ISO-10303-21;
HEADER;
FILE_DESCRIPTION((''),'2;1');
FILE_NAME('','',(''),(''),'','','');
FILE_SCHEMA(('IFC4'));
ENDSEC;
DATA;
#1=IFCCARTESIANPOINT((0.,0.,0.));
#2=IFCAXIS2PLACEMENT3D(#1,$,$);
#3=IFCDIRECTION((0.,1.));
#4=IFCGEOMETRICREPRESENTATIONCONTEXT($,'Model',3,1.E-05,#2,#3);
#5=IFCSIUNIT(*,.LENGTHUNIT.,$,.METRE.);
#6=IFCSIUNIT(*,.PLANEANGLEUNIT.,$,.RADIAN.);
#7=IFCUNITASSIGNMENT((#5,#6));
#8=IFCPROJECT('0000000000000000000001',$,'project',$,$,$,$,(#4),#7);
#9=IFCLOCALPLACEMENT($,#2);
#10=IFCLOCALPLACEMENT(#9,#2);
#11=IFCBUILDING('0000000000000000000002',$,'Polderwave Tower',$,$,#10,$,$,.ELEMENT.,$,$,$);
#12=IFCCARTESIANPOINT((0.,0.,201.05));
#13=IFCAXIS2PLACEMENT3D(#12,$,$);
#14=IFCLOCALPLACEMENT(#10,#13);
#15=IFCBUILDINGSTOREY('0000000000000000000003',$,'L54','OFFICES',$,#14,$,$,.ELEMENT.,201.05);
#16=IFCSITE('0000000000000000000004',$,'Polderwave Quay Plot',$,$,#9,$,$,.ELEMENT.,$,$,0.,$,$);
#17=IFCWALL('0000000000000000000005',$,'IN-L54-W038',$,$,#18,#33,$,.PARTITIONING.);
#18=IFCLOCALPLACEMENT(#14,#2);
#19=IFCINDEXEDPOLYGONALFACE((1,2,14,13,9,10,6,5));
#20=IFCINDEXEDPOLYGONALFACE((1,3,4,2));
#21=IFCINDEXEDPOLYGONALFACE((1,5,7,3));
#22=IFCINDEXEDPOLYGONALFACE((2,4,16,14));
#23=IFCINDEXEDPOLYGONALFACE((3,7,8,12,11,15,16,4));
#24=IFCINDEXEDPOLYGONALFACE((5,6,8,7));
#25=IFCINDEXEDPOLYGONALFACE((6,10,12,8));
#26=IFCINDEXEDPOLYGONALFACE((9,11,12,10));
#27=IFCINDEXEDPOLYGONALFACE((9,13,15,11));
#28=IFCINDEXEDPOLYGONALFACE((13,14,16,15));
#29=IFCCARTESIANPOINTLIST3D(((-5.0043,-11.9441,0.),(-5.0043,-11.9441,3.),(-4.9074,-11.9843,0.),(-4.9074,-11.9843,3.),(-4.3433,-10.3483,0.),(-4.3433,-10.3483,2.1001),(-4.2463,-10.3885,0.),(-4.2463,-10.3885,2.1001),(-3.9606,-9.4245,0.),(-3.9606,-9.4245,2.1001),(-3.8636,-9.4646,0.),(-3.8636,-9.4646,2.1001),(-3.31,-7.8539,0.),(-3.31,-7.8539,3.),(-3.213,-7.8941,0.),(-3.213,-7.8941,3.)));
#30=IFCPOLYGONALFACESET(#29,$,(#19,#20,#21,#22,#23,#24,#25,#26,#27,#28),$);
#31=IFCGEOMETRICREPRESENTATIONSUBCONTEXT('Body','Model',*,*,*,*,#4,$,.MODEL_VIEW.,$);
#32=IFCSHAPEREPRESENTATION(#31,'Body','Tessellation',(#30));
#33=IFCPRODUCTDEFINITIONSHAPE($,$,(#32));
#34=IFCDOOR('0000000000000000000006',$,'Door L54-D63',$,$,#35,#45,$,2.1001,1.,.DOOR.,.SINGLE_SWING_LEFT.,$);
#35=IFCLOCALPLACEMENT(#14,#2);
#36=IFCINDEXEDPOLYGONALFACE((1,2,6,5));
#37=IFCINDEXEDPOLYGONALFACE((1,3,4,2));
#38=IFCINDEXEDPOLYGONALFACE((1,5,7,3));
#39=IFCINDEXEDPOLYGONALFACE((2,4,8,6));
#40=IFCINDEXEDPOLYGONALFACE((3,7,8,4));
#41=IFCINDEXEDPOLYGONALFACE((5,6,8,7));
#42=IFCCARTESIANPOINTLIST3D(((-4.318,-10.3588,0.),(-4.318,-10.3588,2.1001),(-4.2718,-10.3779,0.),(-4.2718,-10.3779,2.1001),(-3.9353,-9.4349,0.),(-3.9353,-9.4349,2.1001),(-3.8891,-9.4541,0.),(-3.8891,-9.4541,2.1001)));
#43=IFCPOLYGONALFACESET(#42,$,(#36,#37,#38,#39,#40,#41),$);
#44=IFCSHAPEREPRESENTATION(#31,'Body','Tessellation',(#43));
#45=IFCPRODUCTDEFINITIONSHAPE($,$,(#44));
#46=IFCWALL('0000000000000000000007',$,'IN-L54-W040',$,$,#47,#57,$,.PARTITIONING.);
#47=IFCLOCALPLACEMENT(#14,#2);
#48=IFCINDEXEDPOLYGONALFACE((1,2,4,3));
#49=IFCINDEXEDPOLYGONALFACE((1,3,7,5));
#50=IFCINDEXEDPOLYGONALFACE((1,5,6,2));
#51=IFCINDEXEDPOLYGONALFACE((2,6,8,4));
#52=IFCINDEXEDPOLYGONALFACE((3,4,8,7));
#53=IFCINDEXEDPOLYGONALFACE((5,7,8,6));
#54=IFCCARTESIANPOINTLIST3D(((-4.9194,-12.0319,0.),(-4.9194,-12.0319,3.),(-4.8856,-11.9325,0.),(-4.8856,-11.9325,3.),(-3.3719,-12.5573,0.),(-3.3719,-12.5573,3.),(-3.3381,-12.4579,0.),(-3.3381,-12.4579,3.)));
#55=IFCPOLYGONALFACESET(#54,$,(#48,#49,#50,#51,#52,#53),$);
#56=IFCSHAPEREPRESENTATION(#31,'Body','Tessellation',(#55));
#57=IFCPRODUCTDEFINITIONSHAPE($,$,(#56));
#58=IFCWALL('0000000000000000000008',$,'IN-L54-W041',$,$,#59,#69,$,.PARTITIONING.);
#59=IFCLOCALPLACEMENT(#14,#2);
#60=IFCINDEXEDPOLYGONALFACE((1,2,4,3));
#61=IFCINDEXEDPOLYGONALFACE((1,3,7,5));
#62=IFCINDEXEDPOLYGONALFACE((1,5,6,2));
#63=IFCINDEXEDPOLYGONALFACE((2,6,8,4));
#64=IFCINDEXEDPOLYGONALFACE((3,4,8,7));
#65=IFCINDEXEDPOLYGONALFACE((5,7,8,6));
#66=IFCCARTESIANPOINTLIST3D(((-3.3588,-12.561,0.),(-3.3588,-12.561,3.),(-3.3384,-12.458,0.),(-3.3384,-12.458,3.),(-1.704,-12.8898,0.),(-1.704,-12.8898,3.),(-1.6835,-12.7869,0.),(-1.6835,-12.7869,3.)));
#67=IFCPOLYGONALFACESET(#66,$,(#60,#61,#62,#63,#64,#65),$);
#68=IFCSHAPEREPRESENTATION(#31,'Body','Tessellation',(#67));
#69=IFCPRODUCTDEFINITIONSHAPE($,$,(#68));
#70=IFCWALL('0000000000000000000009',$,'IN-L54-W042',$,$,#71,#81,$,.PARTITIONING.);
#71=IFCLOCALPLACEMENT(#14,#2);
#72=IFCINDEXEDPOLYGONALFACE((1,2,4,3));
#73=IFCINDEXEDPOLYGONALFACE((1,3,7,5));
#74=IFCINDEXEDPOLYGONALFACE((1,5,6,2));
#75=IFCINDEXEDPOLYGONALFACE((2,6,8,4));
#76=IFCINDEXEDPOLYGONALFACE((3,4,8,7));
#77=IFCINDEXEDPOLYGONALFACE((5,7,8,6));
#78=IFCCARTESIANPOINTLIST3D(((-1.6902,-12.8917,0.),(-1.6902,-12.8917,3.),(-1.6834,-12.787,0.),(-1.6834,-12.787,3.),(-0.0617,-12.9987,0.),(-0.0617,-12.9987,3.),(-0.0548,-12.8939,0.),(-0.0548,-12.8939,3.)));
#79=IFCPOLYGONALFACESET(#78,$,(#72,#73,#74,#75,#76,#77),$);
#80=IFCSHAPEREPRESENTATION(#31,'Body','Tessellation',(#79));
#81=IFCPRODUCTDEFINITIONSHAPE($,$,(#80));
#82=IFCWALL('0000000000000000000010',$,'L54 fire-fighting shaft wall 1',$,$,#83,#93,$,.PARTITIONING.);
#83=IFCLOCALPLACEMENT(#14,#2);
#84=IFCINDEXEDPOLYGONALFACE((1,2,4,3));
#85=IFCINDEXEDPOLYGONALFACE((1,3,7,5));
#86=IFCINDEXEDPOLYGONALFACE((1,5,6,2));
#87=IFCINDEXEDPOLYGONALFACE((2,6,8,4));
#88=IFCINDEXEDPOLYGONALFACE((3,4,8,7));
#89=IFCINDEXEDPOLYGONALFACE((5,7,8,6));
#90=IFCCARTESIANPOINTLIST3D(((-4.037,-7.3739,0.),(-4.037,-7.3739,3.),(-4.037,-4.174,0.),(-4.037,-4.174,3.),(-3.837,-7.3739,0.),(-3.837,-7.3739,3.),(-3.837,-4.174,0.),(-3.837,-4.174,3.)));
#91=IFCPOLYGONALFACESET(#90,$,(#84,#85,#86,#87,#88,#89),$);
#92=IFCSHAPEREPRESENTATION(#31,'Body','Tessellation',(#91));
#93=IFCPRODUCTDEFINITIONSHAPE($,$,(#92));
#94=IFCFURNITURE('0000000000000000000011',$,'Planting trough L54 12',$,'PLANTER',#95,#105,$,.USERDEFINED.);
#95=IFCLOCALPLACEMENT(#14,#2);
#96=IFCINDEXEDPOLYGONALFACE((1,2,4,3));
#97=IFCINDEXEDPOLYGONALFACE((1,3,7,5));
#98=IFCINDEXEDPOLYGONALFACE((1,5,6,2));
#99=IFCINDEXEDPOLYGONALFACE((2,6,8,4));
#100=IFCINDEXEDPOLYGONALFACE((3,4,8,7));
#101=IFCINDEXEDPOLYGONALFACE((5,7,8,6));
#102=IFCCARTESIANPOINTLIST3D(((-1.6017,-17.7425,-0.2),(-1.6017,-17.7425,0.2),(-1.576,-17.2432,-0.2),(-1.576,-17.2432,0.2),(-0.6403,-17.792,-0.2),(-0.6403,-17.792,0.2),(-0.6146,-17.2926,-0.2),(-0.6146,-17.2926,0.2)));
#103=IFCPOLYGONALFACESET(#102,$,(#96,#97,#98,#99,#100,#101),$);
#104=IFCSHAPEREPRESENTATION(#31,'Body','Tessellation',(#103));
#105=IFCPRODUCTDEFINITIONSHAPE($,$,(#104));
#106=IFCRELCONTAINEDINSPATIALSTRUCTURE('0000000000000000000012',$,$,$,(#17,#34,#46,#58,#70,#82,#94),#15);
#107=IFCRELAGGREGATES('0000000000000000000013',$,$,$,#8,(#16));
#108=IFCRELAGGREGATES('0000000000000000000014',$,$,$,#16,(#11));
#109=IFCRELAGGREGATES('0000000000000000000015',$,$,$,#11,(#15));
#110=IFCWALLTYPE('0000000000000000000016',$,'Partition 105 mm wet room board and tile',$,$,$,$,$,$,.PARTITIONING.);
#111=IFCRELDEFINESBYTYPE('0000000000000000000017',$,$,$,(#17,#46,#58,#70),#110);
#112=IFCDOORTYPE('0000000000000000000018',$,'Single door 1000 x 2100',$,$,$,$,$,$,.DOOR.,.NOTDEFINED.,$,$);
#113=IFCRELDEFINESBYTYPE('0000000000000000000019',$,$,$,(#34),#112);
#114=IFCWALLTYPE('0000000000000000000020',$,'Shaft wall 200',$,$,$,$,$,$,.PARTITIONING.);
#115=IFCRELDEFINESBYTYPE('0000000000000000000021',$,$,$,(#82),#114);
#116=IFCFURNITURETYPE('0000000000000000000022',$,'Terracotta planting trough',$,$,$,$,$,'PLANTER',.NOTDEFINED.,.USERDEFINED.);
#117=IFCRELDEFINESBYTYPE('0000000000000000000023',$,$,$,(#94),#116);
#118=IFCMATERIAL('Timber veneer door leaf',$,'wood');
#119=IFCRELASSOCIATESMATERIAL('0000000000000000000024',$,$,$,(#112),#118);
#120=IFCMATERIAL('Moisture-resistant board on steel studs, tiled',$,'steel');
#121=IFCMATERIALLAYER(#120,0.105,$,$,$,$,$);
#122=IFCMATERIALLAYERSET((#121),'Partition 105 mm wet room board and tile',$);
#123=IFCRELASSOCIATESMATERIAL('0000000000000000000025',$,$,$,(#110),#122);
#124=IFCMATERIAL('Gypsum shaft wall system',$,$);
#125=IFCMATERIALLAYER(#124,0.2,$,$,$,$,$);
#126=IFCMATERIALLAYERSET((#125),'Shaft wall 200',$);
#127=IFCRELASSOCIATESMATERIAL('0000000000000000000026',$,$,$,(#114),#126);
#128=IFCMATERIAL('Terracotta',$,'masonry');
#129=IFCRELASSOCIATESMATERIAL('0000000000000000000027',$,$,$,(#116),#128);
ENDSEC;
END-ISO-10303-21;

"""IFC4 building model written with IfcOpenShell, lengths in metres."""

from ifc_helpers import new_model, si_unit, direction, frame, frame_2d, origin, origin_2d, place, context, subcontext, project, spatial, rectangle, extrude, material, layer, layer_set, type_object, element, fill, save


model = new_model("IFC4")

# Units and contexts
model_context = context("Model", 3, precision=1e-05, world=origin(), true_north=direction((0.0, 1.0)))
body_context = subcontext(model_context, "Body", "Model", "MODEL_VIEW")
ifc_project = project(units=[si_unit("LENGTHUNIT", "METRE"), si_unit("PLANEANGLEUNIT", "RADIAN")], contexts=[model_context])

# Site, building, storey
site_placement = place(None, origin())
site = spatial("IfcSite", under=ifc_project, at=site_placement, Name="Polderwave Quay Plot", CompositionType="ELEMENT", RefElevation=0.0)
building_placement = place(site_placement, origin())
building = spatial("IfcBuilding", under=site, at=building_placement, Name="Polderwave Tower", CompositionType="ELEMENT")
storey_placement = place(building_placement, frame((0.0, 0.0, 201.05)))
storey = spatial("IfcBuildingStorey", under=building, at=storey_placement, Name="L54", Description="OFFICES", CompositionType="ELEMENT", Elevation=201.05)

# Wall, opening, door
ifc_material_1 = material(Name="Timber veneer door leaf", Category="wood")
door_type = type_object("IfcDoorType", Name="Single door 1000 x 2100", OperationType="NOTDEFINED", PredefinedType="DOOR", material=ifc_material_1)
ifc_material_2 = material(Name="Moisture-resistant board on steel studs, tiled", Category="steel")
ifc_layer_1 = layer(ifc_material_2, 0.105)
ifc_layer_set_1 = layer_set([ifc_layer_1], Name="Partition 105 mm wet room board and tile")
wall_type_1 = type_object("IfcWallType", Name="Partition 105 mm wet room board and tile", PredefinedType="PARTITIONING", material=ifc_layer_set_1)
wall_1_placement = place(storey_placement, frame((-3.2615, -7.874, 0.0), z_axis=(0.0, 0.0, 1.0), x_axis=(-0.382715, -0.923866, 0.0)))
wall_1 = element("IfcWall", 1, at=wall_1_placement, inside=storey, type_object=wall_type_1, Name="IN-L54-W038", PredefinedType="PARTITIONING", context=body_context, shape_type="SweptSolid", body=[
    extrude(rectangle(XDim=4.4272, YDim=0.105, at=frame_2d((2.2136, 0.0))), origin(), (0.0, 0.0, 1.0), 3.0),
])
opening_1_placement = place(wall_1_placement, frame((1.7, 0.0, 0.0)))
opening_1 = element("IfcOpeningElement", 2, at=opening_1_placement, cuts=wall_1, PredefinedType="OPENING", context=body_context, shape_type="SweptSolid", body=[
    extrude(rectangle(XDim=1.0, YDim=2.1001, at=frame_2d((0.5, 1.05))), frame((0.0, 0.0625, 0.0), z_axis=(0.0, -1.0, 0.0), x_axis=(1.0, 0.0, 0.0)), (0.0, 0.0, 1.0), 0.125),
])
door_1_placement = place(opening_1_placement, origin())
door_1 = element("IfcDoor", 3, at=door_1_placement, inside=storey, type_object=door_type, Name="Door L54-D63", OperationType="SINGLE_SWING_LEFT", OverallHeight=2.1001, OverallWidth=1.0, PredefinedType="DOOR", context=body_context, shape_type="SweptSolid", body=[
    extrude(rectangle(XDim=1.0, YDim=2.1001, at=frame_2d((0.5, 1.05))), frame((0.0, 0.0249, 0.0), z_axis=(0.0, -1.0, 0.0), x_axis=(1.0, 0.0, 0.0)), (0.0, 0.0, 1.0), 0.05),
])
fill(opening_1, door_1)

# Walls
wall_2_placement = place(storey_placement, frame((-3.355, -12.5076, 0.0), z_axis=(0.0, 0.0, 1.0), x_axis=(-0.946921, 0.321466, 0.0)))
element("IfcWall", 4, at=wall_2_placement, inside=storey, type_object=wall_type_1, Name="IN-L54-W040", PredefinedType="PARTITIONING", context=body_context, shape_type="SweptSolid", body=[
    extrude(rectangle(XDim=1.6343, YDim=0.105, at=frame_2d((0.8171, 0.0))), origin(), (0.0, 0.0, 1.0), 3.0),
])
wall_3_placement = place(storey_placement, frame((-1.6936, -12.8384, 0.0), z_axis=(0.0, 0.0, 1.0), x_axis=(-0.980819, 0.194919, 0.0)))
element("IfcWall", 5, at=wall_3_placement, inside=storey, type_object=wall_type_1, Name="IN-L54-W041", PredefinedType="PARTITIONING", context=body_context, shape_type="SweptSolid", body=[
    extrude(rectangle(XDim=1.6873, YDim=0.105, at=frame_2d((0.8438, 0.0))), origin(), (0.0, 0.0, 1.0), 3.0),
])
wall_4_placement = place(storey_placement, frame((-0.0583, -12.9463, 0.0), z_axis=(0.0, 0.0, 1.0), x_axis=(-0.997852, 0.065516, 0.0)))
element("IfcWall", 6, at=wall_4_placement, inside=storey, type_object=wall_type_1, Name="IN-L54-W042", PredefinedType="PARTITIONING", context=body_context, shape_type="SweptSolid", body=[
    extrude(rectangle(XDim=1.6321, YDim=0.105, at=frame_2d((0.8159, 0.0))), origin(), (0.0, 0.0, 1.0), 3.0),
])
ifc_material_3 = material(Name="Gypsum shaft wall system")
ifc_layer_2 = layer(ifc_material_3, 0.2)
ifc_layer_set_2 = layer_set([ifc_layer_2], Name="Shaft wall 200")
wall_type_2 = type_object("IfcWallType", Name="Shaft wall 200", PredefinedType="PARTITIONING", material=ifc_layer_set_2)
wall_5_placement = place(storey_placement, frame((-3.937, -7.374, 0.0), z_axis=(0.0, 0.0, 1.0), x_axis=(0.0, 1.0, 0.0)))
element("IfcWall", 7, at=wall_5_placement, inside=storey, type_object=wall_type_2, Name="L54 fire-fighting shaft wall 1", PredefinedType="PARTITIONING", context=body_context, shape_type="SweptSolid", body=[
    extrude(rectangle(XDim=3.2, YDim=0.2, at=frame_2d((1.6001, 0.0))), origin(), (0.0, 0.0, 1.0), 3.0),
])

# Furniture
ifc_material_4 = material(Name="Terracotta", Category="masonry")
furniture_type = type_object("IfcFurnitureType", Name="Terracotta planting trough", ElementType="PLANTER", AssemblyPlace="NOTDEFINED", PredefinedType="USERDEFINED", material=ifc_material_4)
furniture_placement = place(storey_placement, frame((-1.1082, -17.5176, -0.2), z_axis=(0.0, 0.0, 1.0), x_axis=(0.998681, -0.051349, 0.0)))
element("IfcFurniture", 8, at=furniture_placement, inside=storey, type_object=furniture_type, Name="Planting trough L54 12", ObjectType="PLANTER", PredefinedType="USERDEFINED", context=body_context, shape_type="SweptSolid", body=[
    extrude(rectangle(XDim=0.9626, YDim=0.5, at=origin_2d()), origin(), (0.0, 0.0, 1.0), 0.3999),
])

save(model, "model.ifc")
